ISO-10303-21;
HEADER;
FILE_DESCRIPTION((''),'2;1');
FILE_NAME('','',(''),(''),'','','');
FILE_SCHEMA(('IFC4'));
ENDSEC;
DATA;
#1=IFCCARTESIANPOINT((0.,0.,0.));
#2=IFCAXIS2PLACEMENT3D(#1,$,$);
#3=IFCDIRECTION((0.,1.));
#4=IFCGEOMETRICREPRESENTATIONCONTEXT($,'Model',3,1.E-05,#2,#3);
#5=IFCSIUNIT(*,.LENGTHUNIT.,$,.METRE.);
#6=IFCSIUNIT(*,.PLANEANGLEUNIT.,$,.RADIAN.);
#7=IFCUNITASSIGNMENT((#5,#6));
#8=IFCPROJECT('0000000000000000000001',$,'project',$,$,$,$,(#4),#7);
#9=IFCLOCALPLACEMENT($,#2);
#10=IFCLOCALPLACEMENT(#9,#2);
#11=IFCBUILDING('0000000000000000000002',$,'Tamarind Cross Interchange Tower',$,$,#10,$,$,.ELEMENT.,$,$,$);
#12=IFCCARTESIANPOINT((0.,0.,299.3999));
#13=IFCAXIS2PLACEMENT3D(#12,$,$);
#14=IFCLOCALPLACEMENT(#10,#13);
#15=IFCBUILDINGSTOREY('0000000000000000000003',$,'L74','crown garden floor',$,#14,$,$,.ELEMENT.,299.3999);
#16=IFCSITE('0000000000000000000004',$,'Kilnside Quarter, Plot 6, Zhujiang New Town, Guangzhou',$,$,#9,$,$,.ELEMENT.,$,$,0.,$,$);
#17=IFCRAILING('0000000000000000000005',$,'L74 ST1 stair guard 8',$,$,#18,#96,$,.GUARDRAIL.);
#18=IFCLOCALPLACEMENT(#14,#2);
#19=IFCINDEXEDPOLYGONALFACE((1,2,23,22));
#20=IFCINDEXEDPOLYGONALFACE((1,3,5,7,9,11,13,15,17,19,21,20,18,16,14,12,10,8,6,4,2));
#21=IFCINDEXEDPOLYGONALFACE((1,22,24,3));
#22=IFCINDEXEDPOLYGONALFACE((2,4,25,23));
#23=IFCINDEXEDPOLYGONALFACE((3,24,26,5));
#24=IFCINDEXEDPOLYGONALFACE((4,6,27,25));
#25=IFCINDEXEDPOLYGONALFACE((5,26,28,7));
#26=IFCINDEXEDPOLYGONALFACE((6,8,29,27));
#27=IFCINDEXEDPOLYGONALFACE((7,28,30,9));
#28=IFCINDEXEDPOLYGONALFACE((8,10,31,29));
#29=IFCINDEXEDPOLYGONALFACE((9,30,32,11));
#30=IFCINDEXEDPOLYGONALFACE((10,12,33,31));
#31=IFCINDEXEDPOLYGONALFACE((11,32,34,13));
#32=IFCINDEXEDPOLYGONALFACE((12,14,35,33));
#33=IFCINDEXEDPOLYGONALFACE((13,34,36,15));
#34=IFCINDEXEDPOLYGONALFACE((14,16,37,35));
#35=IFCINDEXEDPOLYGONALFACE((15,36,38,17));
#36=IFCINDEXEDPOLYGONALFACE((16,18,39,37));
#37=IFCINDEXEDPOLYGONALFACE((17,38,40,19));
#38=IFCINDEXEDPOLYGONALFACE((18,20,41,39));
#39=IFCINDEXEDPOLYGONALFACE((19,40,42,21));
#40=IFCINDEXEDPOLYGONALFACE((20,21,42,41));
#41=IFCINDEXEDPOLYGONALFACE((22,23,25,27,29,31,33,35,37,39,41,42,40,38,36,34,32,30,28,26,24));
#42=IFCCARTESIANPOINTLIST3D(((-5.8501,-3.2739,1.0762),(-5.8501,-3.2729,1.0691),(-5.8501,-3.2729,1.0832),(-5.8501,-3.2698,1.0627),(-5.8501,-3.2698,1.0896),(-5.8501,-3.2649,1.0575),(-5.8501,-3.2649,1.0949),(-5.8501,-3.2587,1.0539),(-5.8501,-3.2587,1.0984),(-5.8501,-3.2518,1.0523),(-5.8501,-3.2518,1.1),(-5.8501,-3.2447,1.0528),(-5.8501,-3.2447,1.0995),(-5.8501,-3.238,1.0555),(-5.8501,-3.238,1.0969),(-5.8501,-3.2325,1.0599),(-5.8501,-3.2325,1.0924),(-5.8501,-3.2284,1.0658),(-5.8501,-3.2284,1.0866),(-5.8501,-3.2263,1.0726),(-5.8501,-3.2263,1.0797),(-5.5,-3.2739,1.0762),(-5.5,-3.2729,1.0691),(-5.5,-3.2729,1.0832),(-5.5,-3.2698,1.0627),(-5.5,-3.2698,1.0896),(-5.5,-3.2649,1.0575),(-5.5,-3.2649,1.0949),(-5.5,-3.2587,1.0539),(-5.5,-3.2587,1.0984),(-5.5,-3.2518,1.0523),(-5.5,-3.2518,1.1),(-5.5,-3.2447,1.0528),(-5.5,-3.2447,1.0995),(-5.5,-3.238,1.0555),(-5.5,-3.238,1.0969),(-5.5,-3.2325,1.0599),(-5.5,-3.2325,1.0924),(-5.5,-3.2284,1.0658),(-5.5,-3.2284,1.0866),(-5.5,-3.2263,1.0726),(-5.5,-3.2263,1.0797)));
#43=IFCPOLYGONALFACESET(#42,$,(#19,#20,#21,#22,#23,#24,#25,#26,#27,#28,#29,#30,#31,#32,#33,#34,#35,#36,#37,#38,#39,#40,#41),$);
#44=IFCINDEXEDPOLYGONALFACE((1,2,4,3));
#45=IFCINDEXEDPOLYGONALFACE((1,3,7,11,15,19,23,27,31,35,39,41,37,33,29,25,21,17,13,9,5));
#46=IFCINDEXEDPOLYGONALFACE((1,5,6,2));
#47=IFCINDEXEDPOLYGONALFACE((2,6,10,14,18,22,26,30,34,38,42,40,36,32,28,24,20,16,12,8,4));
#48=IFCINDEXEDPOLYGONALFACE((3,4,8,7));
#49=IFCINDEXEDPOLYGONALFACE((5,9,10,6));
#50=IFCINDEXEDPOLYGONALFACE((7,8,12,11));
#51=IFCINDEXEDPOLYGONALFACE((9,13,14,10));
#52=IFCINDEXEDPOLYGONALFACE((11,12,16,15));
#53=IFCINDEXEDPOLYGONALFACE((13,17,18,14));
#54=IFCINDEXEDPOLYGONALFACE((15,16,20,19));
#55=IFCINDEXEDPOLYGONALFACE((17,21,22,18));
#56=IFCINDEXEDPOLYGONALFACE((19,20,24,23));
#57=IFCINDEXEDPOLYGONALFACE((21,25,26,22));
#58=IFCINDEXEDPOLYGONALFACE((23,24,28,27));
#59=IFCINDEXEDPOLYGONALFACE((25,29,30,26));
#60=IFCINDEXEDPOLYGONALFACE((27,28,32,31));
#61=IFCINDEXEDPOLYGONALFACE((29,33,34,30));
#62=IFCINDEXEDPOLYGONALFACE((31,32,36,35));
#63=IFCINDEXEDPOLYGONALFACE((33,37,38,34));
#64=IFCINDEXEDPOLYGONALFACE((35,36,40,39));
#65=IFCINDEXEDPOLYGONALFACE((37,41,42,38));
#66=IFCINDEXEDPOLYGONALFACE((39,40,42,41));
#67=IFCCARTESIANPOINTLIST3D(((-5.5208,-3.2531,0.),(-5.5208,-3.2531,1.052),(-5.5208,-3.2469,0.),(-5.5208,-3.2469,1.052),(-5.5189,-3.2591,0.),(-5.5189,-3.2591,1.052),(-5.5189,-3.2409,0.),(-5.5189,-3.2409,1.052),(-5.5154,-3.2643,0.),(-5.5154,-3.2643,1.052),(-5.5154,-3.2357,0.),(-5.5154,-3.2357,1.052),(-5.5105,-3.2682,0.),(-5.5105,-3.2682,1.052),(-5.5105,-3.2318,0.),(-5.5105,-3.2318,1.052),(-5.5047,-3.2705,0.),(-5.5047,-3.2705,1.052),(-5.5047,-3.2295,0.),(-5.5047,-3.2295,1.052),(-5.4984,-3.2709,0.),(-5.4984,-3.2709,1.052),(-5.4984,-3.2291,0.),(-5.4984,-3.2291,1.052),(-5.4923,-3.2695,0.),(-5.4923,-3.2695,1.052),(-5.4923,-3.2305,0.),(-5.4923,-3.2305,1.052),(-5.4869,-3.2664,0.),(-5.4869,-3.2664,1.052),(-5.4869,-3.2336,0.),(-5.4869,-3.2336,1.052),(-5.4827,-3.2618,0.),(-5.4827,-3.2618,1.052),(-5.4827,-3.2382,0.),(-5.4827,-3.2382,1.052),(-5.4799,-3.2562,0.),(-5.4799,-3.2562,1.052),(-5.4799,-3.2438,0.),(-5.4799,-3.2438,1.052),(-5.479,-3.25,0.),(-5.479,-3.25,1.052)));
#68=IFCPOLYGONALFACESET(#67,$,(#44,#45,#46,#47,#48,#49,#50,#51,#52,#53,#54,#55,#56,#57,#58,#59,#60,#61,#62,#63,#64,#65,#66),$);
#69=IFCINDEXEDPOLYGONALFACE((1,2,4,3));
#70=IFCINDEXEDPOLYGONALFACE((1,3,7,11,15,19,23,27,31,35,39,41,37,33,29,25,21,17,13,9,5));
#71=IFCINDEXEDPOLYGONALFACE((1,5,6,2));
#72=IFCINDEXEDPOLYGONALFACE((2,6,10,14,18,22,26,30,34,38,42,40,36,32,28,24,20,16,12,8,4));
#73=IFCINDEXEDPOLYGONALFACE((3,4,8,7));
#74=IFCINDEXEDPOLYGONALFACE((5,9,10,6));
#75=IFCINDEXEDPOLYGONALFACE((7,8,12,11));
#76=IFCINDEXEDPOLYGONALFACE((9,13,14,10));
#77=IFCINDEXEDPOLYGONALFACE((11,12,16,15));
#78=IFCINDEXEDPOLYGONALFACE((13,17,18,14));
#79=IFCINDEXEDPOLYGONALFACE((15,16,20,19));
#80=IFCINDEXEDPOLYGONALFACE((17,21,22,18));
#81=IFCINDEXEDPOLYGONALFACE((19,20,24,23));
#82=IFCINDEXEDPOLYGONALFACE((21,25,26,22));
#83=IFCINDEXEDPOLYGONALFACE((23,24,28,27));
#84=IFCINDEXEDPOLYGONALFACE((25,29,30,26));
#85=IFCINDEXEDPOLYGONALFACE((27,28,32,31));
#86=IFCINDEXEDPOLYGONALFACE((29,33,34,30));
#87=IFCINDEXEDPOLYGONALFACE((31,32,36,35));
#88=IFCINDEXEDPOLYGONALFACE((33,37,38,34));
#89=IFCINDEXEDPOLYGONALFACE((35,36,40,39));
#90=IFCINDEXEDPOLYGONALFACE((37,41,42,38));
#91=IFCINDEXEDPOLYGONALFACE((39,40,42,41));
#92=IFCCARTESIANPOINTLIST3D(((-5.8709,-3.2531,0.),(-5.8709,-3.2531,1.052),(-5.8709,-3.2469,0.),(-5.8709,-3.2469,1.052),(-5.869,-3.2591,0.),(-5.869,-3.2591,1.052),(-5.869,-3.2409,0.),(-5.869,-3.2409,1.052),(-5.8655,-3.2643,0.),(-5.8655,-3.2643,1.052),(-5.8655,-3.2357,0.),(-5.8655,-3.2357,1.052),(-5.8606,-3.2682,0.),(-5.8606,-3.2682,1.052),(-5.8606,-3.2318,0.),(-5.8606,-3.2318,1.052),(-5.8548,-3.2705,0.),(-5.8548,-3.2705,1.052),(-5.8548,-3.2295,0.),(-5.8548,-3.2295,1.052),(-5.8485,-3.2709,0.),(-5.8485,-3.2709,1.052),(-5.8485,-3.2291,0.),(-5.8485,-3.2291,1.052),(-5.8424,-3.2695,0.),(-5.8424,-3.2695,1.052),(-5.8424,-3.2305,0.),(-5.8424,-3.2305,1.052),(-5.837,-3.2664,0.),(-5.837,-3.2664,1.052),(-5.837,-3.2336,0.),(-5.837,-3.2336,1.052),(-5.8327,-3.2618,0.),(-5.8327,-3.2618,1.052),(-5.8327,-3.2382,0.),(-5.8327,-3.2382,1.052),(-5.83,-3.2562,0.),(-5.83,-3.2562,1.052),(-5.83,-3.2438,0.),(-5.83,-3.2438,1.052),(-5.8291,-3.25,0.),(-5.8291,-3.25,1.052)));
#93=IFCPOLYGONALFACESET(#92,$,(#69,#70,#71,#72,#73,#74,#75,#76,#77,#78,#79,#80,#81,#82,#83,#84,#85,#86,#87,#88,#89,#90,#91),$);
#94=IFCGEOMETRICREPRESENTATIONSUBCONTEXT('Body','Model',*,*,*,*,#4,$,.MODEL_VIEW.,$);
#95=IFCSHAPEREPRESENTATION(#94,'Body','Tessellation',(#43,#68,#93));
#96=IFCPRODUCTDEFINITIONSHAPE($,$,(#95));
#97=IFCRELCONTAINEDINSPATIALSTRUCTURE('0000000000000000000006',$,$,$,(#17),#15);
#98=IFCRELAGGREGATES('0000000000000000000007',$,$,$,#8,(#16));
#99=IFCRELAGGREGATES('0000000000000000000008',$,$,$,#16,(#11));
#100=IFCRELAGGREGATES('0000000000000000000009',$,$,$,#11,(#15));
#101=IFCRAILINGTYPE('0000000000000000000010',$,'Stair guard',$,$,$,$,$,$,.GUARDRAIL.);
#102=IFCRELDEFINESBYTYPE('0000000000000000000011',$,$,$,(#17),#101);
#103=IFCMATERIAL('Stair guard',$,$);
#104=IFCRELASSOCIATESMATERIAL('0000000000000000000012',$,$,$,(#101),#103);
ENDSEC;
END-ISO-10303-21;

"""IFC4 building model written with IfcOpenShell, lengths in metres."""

from ifc_helpers import new_model, si_unit, direction, frame, origin, origin_2d, place, context, subcontext, project, spatial, circle, extrude, material, type_object, element, save


model = new_model("IFC4")

# Units and contexts
model_context = context("Model", 3, precision=1e-05, world=origin(), true_north=direction((0.0, 1.0)))
body_context = subcontext(model_context, "Body", "Model", "MODEL_VIEW")
ifc_project = project(units=[si_unit("LENGTHUNIT", "METRE"), si_unit("PLANEANGLEUNIT", "RADIAN")], contexts=[model_context])

# Site, building, storey
site_placement = place(None, origin())
site = spatial("IfcSite", under=ifc_project, at=site_placement, Name="Kilnside Quarter, Plot 6, Zhujiang New Town, Guangzhou", CompositionType="ELEMENT", RefElevation=0.0)
building_placement = place(site_placement, origin())
building = spatial("IfcBuilding", under=site, at=building_placement, Name="Tamarind Cross Interchange Tower", CompositionType="ELEMENT")
storey_placement = place(building_placement, frame((0.0, 0.0, 299.3999)))
storey = spatial("IfcBuildingStorey", under=building, at=storey_placement, Name="L74", Description="crown garden floor", CompositionType="ELEMENT", Elevation=299.3999)

# Railing
ifc_material_1 = material(Name="Stair guard")
railing_type_1 = type_object("IfcRailingType", Name="Stair guard", PredefinedType="GUARDRAIL", material=ifc_material_1)
railing_1_placement = place(storey_placement, frame((-5.5, -3.25, 0.0)))
element("IfcRailing", 1, at=railing_1_placement, inside=storey, type_object=railing_type_1, Name="L74 ST1 stair guard 8", PredefinedType="GUARDRAIL", context=body_context, shape_type="SweptSolid", body=[
    extrude(circle(Radius=0.0239, at=origin_2d()), frame((0.0, 0.0, 1.0762), z_axis=(-1.0, 0.0, 0.0), x_axis=(0.0, -1.0, 0.0)), (0.0, 0.0, 1.0), 0.3501),
    extrude(circle(Radius=0.021, at=origin_2d()), origin(), (0.0, 0.0, 1.0), 1.052),
    extrude(circle(Radius=0.021, at=origin_2d()), frame((-0.3501, 0.0, 0.0)), (0.0, 0.0, 1.0), 1.052),
])

save(model, "model.ifc")
